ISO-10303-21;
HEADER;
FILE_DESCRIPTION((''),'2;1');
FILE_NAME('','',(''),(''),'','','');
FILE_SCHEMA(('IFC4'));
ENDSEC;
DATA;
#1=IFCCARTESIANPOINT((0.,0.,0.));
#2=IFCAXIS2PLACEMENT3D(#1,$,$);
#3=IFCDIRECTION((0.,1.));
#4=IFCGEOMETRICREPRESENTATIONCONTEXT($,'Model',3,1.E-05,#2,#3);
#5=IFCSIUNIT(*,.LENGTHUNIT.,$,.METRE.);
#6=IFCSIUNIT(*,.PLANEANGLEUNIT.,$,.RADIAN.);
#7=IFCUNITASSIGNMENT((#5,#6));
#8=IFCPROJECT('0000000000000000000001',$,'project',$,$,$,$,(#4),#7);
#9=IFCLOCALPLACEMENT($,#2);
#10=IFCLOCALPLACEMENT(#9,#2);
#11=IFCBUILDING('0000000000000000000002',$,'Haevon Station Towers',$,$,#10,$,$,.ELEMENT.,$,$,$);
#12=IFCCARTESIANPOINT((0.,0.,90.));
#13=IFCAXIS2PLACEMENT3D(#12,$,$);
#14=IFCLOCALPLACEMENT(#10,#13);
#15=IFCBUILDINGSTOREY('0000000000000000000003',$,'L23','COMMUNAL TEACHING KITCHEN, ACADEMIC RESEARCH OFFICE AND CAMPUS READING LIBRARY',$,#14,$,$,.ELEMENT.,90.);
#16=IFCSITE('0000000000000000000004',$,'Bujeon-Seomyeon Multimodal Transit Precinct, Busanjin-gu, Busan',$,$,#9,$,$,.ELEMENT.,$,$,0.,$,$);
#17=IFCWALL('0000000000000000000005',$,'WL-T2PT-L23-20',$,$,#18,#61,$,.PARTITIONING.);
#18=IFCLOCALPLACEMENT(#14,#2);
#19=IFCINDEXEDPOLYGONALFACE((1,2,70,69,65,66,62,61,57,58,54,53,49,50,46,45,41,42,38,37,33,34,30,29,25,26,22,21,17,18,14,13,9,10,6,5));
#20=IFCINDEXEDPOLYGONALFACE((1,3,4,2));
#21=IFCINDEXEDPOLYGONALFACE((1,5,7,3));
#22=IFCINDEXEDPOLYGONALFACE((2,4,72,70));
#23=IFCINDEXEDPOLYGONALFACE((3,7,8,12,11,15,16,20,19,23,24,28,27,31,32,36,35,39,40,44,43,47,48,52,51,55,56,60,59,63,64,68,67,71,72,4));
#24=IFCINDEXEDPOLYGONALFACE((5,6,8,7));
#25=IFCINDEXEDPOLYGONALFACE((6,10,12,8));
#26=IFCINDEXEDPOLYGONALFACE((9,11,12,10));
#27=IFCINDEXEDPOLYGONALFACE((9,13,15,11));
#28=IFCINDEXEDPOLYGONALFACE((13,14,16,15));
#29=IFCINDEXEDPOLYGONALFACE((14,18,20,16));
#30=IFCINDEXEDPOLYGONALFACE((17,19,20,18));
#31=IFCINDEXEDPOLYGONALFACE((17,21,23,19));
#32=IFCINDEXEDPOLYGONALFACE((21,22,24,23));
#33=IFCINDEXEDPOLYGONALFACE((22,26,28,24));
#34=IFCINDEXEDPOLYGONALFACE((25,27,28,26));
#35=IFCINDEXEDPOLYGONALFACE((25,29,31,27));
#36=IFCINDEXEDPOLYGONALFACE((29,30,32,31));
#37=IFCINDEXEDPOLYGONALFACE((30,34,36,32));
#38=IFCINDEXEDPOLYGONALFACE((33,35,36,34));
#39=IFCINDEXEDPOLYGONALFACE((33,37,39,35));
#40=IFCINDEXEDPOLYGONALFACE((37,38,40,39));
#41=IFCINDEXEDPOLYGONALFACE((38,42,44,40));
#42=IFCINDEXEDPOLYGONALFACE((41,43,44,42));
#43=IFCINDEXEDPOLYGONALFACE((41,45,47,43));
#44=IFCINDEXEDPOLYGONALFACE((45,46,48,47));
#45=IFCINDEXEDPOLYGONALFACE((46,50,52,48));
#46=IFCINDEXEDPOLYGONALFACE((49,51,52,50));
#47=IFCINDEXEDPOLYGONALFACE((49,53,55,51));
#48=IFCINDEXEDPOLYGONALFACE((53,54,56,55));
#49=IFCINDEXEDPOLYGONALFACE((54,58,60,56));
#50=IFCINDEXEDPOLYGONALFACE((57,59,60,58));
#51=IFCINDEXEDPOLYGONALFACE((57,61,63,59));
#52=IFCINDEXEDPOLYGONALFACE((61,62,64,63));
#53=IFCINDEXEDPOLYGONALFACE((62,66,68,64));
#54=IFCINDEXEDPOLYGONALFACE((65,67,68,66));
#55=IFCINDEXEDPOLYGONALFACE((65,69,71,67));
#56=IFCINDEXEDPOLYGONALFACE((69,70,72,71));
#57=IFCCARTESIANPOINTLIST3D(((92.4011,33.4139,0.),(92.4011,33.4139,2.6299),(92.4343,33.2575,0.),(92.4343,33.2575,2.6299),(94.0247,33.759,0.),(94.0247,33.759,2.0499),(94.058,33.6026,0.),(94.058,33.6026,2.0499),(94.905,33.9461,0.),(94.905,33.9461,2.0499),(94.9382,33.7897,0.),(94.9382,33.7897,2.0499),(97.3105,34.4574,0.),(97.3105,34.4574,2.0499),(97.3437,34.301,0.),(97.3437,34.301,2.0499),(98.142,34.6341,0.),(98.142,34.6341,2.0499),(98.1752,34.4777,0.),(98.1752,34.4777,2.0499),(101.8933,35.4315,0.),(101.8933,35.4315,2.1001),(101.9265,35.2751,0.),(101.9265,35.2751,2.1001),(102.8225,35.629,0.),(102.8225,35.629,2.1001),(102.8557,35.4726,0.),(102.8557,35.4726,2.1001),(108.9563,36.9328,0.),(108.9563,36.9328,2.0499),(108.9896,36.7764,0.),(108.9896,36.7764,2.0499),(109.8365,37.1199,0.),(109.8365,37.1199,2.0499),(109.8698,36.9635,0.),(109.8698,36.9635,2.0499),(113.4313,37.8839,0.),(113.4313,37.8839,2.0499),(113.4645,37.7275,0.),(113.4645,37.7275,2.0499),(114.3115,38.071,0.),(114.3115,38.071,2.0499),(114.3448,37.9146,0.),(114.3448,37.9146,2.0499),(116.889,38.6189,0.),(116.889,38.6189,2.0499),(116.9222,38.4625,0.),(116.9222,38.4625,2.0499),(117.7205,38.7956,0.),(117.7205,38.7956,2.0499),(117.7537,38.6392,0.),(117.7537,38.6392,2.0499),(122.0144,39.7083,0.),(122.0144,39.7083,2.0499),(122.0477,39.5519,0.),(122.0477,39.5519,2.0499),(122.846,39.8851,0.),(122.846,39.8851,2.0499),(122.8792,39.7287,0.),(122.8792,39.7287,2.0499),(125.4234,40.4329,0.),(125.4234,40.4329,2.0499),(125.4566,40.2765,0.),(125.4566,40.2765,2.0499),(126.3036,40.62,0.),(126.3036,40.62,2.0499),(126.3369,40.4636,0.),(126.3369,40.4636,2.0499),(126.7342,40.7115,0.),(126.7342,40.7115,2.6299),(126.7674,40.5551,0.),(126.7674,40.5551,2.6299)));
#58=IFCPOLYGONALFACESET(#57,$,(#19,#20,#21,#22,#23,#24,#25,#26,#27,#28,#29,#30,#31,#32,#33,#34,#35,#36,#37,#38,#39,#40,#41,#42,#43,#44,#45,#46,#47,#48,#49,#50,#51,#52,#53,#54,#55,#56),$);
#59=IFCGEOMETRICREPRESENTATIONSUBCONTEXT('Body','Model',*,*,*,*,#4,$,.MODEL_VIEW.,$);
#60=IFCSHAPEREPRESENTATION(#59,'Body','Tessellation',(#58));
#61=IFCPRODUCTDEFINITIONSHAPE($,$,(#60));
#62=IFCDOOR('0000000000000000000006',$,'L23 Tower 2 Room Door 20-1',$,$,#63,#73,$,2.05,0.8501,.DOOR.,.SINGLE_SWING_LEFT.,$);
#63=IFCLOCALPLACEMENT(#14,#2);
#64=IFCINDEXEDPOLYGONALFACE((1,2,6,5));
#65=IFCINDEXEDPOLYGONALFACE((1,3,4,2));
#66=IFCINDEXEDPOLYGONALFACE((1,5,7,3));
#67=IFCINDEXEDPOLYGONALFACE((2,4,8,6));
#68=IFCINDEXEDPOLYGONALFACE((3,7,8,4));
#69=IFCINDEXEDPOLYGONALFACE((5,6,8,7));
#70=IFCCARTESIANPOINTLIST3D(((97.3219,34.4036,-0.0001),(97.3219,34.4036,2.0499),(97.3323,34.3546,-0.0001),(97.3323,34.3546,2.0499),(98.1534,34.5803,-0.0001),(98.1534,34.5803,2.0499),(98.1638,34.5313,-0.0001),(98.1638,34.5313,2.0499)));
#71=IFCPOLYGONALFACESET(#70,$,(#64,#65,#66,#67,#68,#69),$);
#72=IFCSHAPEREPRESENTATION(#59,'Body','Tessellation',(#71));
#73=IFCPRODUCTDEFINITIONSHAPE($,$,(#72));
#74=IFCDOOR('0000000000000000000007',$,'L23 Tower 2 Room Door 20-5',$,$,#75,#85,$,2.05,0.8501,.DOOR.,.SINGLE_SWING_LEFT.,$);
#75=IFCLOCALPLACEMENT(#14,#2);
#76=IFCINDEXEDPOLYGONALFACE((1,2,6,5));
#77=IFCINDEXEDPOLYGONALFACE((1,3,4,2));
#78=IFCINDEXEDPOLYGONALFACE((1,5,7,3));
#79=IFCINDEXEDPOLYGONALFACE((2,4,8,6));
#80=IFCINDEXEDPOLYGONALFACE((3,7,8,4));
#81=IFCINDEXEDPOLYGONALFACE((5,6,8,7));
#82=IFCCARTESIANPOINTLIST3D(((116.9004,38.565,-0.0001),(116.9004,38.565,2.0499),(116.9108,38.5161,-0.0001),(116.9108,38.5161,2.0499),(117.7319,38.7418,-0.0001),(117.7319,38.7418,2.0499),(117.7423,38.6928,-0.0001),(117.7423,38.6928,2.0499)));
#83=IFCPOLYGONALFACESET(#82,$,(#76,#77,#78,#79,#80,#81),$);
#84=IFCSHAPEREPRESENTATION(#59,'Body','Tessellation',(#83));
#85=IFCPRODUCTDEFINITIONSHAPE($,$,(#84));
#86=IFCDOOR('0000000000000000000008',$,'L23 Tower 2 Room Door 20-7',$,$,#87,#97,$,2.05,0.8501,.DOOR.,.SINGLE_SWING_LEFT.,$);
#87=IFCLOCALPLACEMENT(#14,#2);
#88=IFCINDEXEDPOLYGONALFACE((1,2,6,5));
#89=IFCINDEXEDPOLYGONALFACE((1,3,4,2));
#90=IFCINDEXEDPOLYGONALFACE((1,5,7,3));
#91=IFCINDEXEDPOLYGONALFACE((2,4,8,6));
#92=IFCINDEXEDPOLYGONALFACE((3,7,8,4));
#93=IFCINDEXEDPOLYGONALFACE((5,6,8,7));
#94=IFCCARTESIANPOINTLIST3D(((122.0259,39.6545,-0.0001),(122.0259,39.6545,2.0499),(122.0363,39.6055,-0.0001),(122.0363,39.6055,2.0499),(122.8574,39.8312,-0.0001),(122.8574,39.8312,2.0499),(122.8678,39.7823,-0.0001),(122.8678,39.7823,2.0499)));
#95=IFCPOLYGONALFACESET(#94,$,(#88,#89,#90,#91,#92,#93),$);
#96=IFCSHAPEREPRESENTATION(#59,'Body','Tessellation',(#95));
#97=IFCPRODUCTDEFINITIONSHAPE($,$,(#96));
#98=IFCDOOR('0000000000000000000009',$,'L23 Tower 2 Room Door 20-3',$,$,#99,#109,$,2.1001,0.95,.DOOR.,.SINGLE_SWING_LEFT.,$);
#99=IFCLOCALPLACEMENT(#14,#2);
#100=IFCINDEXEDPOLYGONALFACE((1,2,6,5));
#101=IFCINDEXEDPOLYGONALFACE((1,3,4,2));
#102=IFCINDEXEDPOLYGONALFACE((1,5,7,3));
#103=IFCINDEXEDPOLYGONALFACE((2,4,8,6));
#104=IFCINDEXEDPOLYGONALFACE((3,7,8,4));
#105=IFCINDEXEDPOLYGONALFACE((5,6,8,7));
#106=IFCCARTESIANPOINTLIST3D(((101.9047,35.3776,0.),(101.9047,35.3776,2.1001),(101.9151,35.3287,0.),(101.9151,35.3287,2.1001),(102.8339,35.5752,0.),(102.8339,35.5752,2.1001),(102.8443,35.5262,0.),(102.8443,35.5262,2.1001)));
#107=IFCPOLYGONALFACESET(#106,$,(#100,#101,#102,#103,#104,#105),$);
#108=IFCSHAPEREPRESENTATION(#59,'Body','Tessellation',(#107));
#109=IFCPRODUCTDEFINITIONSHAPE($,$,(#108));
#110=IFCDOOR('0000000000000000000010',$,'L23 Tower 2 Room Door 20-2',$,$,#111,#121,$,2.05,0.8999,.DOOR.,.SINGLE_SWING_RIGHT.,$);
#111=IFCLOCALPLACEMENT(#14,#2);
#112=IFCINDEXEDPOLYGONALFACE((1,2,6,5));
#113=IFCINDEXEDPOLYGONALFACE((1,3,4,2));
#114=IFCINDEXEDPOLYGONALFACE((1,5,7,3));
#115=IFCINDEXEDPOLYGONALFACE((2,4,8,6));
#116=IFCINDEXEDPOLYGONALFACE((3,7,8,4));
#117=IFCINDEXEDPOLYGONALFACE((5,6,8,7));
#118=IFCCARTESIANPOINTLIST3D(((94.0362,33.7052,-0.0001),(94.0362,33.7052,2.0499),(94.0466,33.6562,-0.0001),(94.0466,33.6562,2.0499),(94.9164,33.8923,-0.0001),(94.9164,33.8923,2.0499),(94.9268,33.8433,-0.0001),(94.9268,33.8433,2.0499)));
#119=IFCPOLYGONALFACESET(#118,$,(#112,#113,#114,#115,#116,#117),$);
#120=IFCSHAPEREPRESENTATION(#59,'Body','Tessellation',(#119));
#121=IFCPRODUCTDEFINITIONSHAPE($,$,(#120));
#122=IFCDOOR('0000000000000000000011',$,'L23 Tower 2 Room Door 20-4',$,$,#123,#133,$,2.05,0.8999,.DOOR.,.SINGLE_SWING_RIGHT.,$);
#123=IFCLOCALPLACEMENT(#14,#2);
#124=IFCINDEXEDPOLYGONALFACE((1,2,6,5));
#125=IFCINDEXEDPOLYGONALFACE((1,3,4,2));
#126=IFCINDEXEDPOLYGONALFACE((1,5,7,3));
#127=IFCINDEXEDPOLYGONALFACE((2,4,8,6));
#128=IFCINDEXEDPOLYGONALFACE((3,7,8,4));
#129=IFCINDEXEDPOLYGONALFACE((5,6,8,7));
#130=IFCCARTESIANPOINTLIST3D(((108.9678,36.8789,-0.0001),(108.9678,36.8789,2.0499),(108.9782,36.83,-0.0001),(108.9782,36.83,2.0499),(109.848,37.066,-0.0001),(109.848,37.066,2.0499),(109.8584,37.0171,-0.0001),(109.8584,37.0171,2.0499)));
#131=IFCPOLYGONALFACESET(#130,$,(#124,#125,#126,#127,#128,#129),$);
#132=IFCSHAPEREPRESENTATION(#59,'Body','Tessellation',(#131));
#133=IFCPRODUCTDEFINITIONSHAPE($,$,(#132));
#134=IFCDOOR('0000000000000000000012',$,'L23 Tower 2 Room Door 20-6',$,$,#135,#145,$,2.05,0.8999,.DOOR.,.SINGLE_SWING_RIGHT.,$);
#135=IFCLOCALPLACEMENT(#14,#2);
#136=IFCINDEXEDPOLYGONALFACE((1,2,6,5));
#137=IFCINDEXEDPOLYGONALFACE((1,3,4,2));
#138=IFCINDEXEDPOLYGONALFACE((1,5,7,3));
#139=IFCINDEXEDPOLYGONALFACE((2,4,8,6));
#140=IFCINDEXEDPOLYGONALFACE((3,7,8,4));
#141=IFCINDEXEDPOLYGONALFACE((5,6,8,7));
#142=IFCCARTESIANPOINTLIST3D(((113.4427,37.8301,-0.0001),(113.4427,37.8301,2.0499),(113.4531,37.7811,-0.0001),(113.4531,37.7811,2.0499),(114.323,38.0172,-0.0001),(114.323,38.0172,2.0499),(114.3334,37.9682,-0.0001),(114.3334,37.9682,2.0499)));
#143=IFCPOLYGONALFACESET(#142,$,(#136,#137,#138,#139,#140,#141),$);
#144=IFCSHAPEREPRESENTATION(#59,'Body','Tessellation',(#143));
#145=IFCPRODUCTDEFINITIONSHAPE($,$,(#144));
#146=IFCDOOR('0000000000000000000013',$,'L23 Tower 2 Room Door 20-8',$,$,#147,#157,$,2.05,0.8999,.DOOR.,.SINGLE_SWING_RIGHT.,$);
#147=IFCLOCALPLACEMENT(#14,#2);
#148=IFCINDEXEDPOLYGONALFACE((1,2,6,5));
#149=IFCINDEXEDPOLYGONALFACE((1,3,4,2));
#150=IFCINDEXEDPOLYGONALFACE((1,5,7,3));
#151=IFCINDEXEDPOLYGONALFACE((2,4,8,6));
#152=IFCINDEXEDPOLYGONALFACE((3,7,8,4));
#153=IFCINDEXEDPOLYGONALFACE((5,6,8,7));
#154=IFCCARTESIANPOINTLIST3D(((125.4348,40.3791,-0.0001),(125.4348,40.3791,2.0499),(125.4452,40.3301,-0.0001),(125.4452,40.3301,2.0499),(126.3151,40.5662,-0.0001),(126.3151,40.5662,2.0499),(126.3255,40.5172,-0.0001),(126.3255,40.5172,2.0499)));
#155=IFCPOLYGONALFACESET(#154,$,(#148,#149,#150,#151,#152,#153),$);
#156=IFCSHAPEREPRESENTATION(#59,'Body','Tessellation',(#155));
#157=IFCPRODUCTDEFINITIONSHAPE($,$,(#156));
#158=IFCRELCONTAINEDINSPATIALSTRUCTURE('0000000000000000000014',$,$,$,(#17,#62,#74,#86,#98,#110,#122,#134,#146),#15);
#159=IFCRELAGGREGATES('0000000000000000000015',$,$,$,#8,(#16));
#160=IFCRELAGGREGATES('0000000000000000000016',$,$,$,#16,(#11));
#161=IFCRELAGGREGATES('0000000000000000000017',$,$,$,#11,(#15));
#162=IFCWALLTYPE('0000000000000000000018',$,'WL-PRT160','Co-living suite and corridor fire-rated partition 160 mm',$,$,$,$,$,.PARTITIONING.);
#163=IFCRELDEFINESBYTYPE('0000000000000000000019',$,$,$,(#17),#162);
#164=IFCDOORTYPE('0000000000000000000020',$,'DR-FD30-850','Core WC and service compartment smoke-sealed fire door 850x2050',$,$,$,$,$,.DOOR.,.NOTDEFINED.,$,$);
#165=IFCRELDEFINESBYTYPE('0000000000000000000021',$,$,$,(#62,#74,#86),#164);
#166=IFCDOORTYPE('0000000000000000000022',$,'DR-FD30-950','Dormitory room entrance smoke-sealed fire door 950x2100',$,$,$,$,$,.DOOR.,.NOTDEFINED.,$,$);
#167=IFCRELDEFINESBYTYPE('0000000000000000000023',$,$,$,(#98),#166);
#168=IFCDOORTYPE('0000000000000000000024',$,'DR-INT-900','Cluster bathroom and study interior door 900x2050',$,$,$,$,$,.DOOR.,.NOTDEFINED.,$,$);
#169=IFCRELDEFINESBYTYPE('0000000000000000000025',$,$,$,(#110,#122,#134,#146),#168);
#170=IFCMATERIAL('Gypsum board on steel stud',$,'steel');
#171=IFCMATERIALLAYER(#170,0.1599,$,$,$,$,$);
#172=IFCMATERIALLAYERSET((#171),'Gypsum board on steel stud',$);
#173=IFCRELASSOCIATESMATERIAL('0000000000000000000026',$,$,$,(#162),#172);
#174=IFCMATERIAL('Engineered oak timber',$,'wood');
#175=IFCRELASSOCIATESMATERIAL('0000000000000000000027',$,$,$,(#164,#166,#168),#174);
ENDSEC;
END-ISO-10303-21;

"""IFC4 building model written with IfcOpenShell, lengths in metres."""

from ifc_helpers import new_model, si_unit, direction, frame, frame_2d, origin, place, context, subcontext, project, spatial, rectangle, extrude, material, layer, layer_set, type_object, element, fill, save


model = new_model("IFC4")

# Units and contexts
model_context = context("Model", 3, precision=1e-05, world=origin(), true_north=direction((0.0, 1.0)))
body_context = subcontext(model_context, "Body", "Model", "MODEL_VIEW")
ifc_project = project(units=[si_unit("LENGTHUNIT", "METRE"), si_unit("PLANEANGLEUNIT", "RADIAN")], contexts=[model_context])

# Site, building, storey
site_placement = place(None, origin())
site = spatial("IfcSite", under=ifc_project, at=site_placement, Name="Bujeon-Seomyeon Multimodal Transit Precinct, Busanjin-gu, Busan", CompositionType="ELEMENT", RefElevation=0.0)
building_placement = place(site_placement, origin())
building = spatial("IfcBuilding", under=site, at=building_placement, Name="Haevon Station Towers", CompositionType="ELEMENT")
storey_placement = place(building_placement, frame((0.0, 0.0, 90.0)))
storey = spatial("IfcBuildingStorey", under=building, at=storey_placement, Name="L23", Description="COMMUNAL TEACHING KITCHEN, ACADEMIC RESEARCH OFFICE AND CAMPUS READING LIBRARY", CompositionType="ELEMENT", Elevation=90.0)

# Shared definitions
ifc_material_1 = material(Name="Gypsum board on steel stud", Category="steel")
ifc_layer_1 = layer(ifc_material_1, 0.1599)
ifc_layer_set_1 = layer_set([ifc_layer_1], Name="Gypsum board on steel stud")
wall_type_1 = type_object("IfcWallType", Name="WL-PRT160", Description="Co-living suite and corridor fire-rated partition 160 mm", PredefinedType="PARTITIONING", material=ifc_layer_set_1)

# Wall, openings, doors
wall_1_placement = place(storey_placement, frame((92.4177, 33.3357, 0.0), z_axis=(0.0, 0.0, 1.0), x_axis=(0.978148, 0.207909, 0.0)))
wall_1 = element("IfcWall", 1, at=wall_1_placement, inside=storey, type_object=wall_type_1, Name="WL-T2PT-L23-20", PredefinedType="PARTITIONING", context=body_context, shape_type="SweptSolid", body=[
    extrude(rectangle(XDim=35.1001, YDim=0.1599, at=frame_2d((17.55, 0.0))), origin(), (0.0, 0.0, 1.0), 2.6299),
])
opening_1_placement = place(wall_1_placement, frame((5.019, 0.0, 0.0)))
opening_1 = element("IfcOpeningElement", 2, at=opening_1_placement, cuts=wall_1, PredefinedType="OPENING", context=body_context, shape_type="SweptSolid", body=[
    extrude(rectangle(XDim=0.8501, YDim=2.05, at=frame_2d((0.425, 1.0249))), frame((0.0, 0.0898, 0.0), z_axis=(0.0, -1.0, 0.0), x_axis=(1.0, 0.0, 0.0)), (0.0, 0.0, 1.0), 0.1799),
])
opening_2_placement = place(wall_1_placement, frame((1.6599, 0.0, 0.0)))
opening_2 = element("IfcOpeningElement", 3, at=opening_2_placement, cuts=wall_1, PredefinedType="OPENING", context=body_context, shape_type="SweptSolid", body=[
    extrude(rectangle(XDim=0.8999, YDim=2.05, at=frame_2d((0.45, 1.0249))), frame((0.0, 0.0898, 0.0), z_axis=(0.0, -1.0, 0.0), x_axis=(1.0, 0.0, 0.0)), (0.0, 0.0, 1.0), 0.1799),
])
opening_3_placement = place(wall_1_placement, frame((9.7041, 0.0, 0.0)))
opening_3 = element("IfcOpeningElement", 4, at=opening_3_placement, cuts=wall_1, PredefinedType="OPENING", context=body_context, shape_type="SweptSolid", body=[
    extrude(rectangle(XDim=0.95, YDim=2.1001, at=frame_2d((0.4751, 1.05))), frame((0.0, 0.0898, 0.0), z_axis=(0.0, -1.0, 0.0), x_axis=(1.0, 0.0, 0.0)), (0.0, 0.0, 1.0), 0.1799),
])
opening_4_placement = place(wall_1_placement, frame((16.925, 0.0, 0.0)))
opening_4 = element("IfcOpeningElement", 5, at=opening_4_placement, cuts=wall_1, PredefinedType="OPENING", context=body_context, shape_type="SweptSolid", body=[
    extrude(rectangle(XDim=0.8999, YDim=2.05, at=frame_2d((0.45, 1.0249))), frame((0.0, 0.0898, 0.0), z_axis=(0.0, -1.0, 0.0), x_axis=(1.0, 0.0, 0.0)), (0.0, 0.0, 1.0), 0.1799),
])
opening_5_placement = place(wall_1_placement, frame((25.0349, 0.0, 0.0)))
opening_5 = element("IfcOpeningElement", 6, at=opening_5_placement, cuts=wall_1, PredefinedType="OPENING", context=body_context, shape_type="SweptSolid", body=[
    extrude(rectangle(XDim=0.8501, YDim=2.05, at=frame_2d((0.425, 1.0249))), frame((0.0, 0.0898, 0.0), z_axis=(0.0, -1.0, 0.0), x_axis=(1.0, 0.0, 0.0)), (0.0, 0.0, 1.0), 0.1799),
])
opening_6_placement = place(wall_1_placement, frame((21.5, 0.0, 0.0)))
opening_6 = element("IfcOpeningElement", 7, at=opening_6_placement, cuts=wall_1, PredefinedType="OPENING", context=body_context, shape_type="SweptSolid", body=[
    extrude(rectangle(XDim=0.8999, YDim=2.05, at=frame_2d((0.45, 1.0249))), frame((0.0, 0.0898, 0.0), z_axis=(0.0, -1.0, 0.0), x_axis=(1.0, 0.0, 0.0)), (0.0, 0.0, 1.0), 0.1799),
])
opening_7_placement = place(wall_1_placement, frame((30.2749, 0.0, 0.0)))
opening_7 = element("IfcOpeningElement", 8, at=opening_7_placement, cuts=wall_1, PredefinedType="OPENING", context=body_context, shape_type="SweptSolid", body=[
    extrude(rectangle(XDim=0.8501, YDim=2.05, at=frame_2d((0.425, 1.0249))), frame((0.0, 0.0898, 0.0), z_axis=(0.0, -1.0, 0.0), x_axis=(1.0, 0.0, 0.0)), (0.0, 0.0, 1.0), 0.1799),
])
opening_8_placement = place(wall_1_placement, frame((33.76, 0.0, 0.0)))
opening_8 = element("IfcOpeningElement", 9, at=opening_8_placement, cuts=wall_1, PredefinedType="OPENING", context=body_context, shape_type="SweptSolid", body=[
    extrude(rectangle(XDim=0.8999, YDim=2.05, at=frame_2d((0.45, 1.0249))), frame((0.0, 0.0898, 0.0), z_axis=(0.0, -1.0, 0.0), x_axis=(1.0, 0.0, 0.0)), (0.0, 0.0, 1.0), 0.1799),
])
ifc_material_2 = material(Name="Engineered oak timber", Category="wood")
door_type_1 = type_object("IfcDoorType", Name="DR-FD30-850", Description="Core WC and service compartment smoke-sealed fire door 850x2050", OperationType="NOTDEFINED", PredefinedType="DOOR", material=ifc_material_2)
door_1_placement = place(opening_1_placement, origin())
door_1 = element("IfcDoor", 10, at=door_1_placement, inside=storey, type_object=door_type_1, Name="L23 Tower 2 Room Door 20-1", OperationType="SINGLE_SWING_LEFT", OverallHeight=2.05, OverallWidth=0.8501, PredefinedType="DOOR", context=body_context, shape_type="SweptSolid", body=[
    extrude(rectangle(XDim=0.8501, YDim=2.05, at=frame_2d((0.425, 1.0249))), frame((0.0, 0.0249, 0.0), z_axis=(0.0, -1.0, 0.0), x_axis=(1.0, 0.0, 0.0)), (0.0, 0.0, 1.0), 0.05),
])
fill(opening_1, door_1)
door_2_placement = place(opening_5_placement, origin())
door_2 = element("IfcDoor", 11, at=door_2_placement, inside=storey, type_object=door_type_1, Name="L23 Tower 2 Room Door 20-5", OperationType="SINGLE_SWING_LEFT", OverallHeight=2.05, OverallWidth=0.8501, PredefinedType="DOOR", context=body_context, shape_type="SweptSolid", body=[
    extrude(rectangle(XDim=0.8501, YDim=2.05, at=frame_2d((0.425, 1.0249))), frame((0.0, 0.0249, 0.0), z_axis=(0.0, -1.0, 0.0), x_axis=(1.0, 0.0, 0.0)), (0.0, 0.0, 1.0), 0.05),
])
fill(opening_5, door_2)
door_3_placement = place(opening_7_placement, origin())
door_3 = element("IfcDoor", 12, at=door_3_placement, inside=storey, type_object=door_type_1, Name="L23 Tower 2 Room Door 20-7", OperationType="SINGLE_SWING_LEFT", OverallHeight=2.05, OverallWidth=0.8501, PredefinedType="DOOR", context=body_context, shape_type="SweptSolid", body=[
    extrude(rectangle(XDim=0.8501, YDim=2.05, at=frame_2d((0.425, 1.0249))), frame((0.0, 0.0249, 0.0), z_axis=(0.0, -1.0, 0.0), x_axis=(1.0, 0.0, 0.0)), (0.0, 0.0, 1.0), 0.05),
])
fill(opening_7, door_3)
door_type_2 = type_object("IfcDoorType", Name="DR-FD30-950", Description="Dormitory room entrance smoke-sealed fire door 950x2100", OperationType="NOTDEFINED", PredefinedType="DOOR", material=ifc_material_2)
door_4_placement = place(opening_3_placement, origin())
door_4 = element("IfcDoor", 13, at=door_4_placement, inside=storey, type_object=door_type_2, Name="L23 Tower 2 Room Door 20-3", OperationType="SINGLE_SWING_LEFT", OverallHeight=2.1001, OverallWidth=0.95, PredefinedType="DOOR", context=body_context, shape_type="SweptSolid", body=[
    extrude(rectangle(XDim=0.95, YDim=2.1001, at=frame_2d((0.4751, 1.05))), frame((0.0, 0.0249, 0.0), z_axis=(0.0, -1.0, 0.0), x_axis=(1.0, 0.0, 0.0)), (0.0, 0.0, 1.0), 0.05),
])
fill(opening_3, door_4)
door_type_3 = type_object("IfcDoorType", Name="DR-INT-900", Description="Cluster bathroom and study interior door 900x2050", OperationType="NOTDEFINED", PredefinedType="DOOR", material=ifc_material_2)
door_5_placement = place(opening_2_placement, origin())
door_5 = element("IfcDoor", 14, at=door_5_placement, inside=storey, type_object=door_type_3, Name="L23 Tower 2 Room Door 20-2", OperationType="SINGLE_SWING_RIGHT", OverallHeight=2.05, OverallWidth=0.8999, PredefinedType="DOOR", context=body_context, shape_type="SweptSolid", body=[
    extrude(rectangle(XDim=0.8999, YDim=2.05, at=frame_2d((0.45, 1.0249))), frame((0.0, 0.0249, 0.0), z_axis=(0.0, -1.0, 0.0), x_axis=(1.0, 0.0, 0.0)), (0.0, 0.0, 1.0), 0.05),
])
fill(opening_2, door_5)
door_6_placement = place(opening_4_placement, origin())
door_6 = element("IfcDoor", 15, at=door_6_placement, inside=storey, type_object=door_type_3, Name="L23 Tower 2 Room Door 20-4", OperationType="SINGLE_SWING_RIGHT", OverallHeight=2.05, OverallWidth=0.8999, PredefinedType="DOOR", context=body_context, shape_type="SweptSolid", body=[
    extrude(rectangle(XDim=0.8999, YDim=2.05, at=frame_2d((0.45, 1.0249))), frame((0.0, 0.0249, 0.0), z_axis=(0.0, -1.0, 0.0), x_axis=(1.0, 0.0, 0.0)), (0.0, 0.0, 1.0), 0.05),
])
fill(opening_4, door_6)
door_7_placement = place(opening_6_placement, origin())
door_7 = element("IfcDoor", 16, at=door_7_placement, inside=storey, type_object=door_type_3, Name="L23 Tower 2 Room Door 20-6", OperationType="SINGLE_SWING_RIGHT", OverallHeight=2.05, OverallWidth=0.8999, PredefinedType="DOOR", context=body_context, shape_type="SweptSolid", body=[
    extrude(rectangle(XDim=0.8999, YDim=2.05, at=frame_2d((0.45, 1.0249))), frame((0.0, 0.0249, 0.0), z_axis=(0.0, -1.0, 0.0), x_axis=(1.0, 0.0, 0.0)), (0.0, 0.0, 1.0), 0.05),
])
fill(opening_6, door_7)
door_8_placement = place(opening_8_placement, origin())
door_8 = element("IfcDoor", 17, at=door_8_placement, inside=storey, type_object=door_type_3, Name="L23 Tower 2 Room Door 20-8", OperationType="SINGLE_SWING_RIGHT", OverallHeight=2.05, OverallWidth=0.8999, PredefinedType="DOOR", context=body_context, shape_type="SweptSolid", body=[
    extrude(rectangle(XDim=0.8999, YDim=2.05, at=frame_2d((0.45, 1.0249))), frame((0.0, 0.0249, 0.0), z_axis=(0.0, -1.0, 0.0), x_axis=(1.0, 0.0, 0.0)), (0.0, 0.0, 1.0), 0.05),
])
fill(opening_8, door_8)

save(model, "model.ifc")
